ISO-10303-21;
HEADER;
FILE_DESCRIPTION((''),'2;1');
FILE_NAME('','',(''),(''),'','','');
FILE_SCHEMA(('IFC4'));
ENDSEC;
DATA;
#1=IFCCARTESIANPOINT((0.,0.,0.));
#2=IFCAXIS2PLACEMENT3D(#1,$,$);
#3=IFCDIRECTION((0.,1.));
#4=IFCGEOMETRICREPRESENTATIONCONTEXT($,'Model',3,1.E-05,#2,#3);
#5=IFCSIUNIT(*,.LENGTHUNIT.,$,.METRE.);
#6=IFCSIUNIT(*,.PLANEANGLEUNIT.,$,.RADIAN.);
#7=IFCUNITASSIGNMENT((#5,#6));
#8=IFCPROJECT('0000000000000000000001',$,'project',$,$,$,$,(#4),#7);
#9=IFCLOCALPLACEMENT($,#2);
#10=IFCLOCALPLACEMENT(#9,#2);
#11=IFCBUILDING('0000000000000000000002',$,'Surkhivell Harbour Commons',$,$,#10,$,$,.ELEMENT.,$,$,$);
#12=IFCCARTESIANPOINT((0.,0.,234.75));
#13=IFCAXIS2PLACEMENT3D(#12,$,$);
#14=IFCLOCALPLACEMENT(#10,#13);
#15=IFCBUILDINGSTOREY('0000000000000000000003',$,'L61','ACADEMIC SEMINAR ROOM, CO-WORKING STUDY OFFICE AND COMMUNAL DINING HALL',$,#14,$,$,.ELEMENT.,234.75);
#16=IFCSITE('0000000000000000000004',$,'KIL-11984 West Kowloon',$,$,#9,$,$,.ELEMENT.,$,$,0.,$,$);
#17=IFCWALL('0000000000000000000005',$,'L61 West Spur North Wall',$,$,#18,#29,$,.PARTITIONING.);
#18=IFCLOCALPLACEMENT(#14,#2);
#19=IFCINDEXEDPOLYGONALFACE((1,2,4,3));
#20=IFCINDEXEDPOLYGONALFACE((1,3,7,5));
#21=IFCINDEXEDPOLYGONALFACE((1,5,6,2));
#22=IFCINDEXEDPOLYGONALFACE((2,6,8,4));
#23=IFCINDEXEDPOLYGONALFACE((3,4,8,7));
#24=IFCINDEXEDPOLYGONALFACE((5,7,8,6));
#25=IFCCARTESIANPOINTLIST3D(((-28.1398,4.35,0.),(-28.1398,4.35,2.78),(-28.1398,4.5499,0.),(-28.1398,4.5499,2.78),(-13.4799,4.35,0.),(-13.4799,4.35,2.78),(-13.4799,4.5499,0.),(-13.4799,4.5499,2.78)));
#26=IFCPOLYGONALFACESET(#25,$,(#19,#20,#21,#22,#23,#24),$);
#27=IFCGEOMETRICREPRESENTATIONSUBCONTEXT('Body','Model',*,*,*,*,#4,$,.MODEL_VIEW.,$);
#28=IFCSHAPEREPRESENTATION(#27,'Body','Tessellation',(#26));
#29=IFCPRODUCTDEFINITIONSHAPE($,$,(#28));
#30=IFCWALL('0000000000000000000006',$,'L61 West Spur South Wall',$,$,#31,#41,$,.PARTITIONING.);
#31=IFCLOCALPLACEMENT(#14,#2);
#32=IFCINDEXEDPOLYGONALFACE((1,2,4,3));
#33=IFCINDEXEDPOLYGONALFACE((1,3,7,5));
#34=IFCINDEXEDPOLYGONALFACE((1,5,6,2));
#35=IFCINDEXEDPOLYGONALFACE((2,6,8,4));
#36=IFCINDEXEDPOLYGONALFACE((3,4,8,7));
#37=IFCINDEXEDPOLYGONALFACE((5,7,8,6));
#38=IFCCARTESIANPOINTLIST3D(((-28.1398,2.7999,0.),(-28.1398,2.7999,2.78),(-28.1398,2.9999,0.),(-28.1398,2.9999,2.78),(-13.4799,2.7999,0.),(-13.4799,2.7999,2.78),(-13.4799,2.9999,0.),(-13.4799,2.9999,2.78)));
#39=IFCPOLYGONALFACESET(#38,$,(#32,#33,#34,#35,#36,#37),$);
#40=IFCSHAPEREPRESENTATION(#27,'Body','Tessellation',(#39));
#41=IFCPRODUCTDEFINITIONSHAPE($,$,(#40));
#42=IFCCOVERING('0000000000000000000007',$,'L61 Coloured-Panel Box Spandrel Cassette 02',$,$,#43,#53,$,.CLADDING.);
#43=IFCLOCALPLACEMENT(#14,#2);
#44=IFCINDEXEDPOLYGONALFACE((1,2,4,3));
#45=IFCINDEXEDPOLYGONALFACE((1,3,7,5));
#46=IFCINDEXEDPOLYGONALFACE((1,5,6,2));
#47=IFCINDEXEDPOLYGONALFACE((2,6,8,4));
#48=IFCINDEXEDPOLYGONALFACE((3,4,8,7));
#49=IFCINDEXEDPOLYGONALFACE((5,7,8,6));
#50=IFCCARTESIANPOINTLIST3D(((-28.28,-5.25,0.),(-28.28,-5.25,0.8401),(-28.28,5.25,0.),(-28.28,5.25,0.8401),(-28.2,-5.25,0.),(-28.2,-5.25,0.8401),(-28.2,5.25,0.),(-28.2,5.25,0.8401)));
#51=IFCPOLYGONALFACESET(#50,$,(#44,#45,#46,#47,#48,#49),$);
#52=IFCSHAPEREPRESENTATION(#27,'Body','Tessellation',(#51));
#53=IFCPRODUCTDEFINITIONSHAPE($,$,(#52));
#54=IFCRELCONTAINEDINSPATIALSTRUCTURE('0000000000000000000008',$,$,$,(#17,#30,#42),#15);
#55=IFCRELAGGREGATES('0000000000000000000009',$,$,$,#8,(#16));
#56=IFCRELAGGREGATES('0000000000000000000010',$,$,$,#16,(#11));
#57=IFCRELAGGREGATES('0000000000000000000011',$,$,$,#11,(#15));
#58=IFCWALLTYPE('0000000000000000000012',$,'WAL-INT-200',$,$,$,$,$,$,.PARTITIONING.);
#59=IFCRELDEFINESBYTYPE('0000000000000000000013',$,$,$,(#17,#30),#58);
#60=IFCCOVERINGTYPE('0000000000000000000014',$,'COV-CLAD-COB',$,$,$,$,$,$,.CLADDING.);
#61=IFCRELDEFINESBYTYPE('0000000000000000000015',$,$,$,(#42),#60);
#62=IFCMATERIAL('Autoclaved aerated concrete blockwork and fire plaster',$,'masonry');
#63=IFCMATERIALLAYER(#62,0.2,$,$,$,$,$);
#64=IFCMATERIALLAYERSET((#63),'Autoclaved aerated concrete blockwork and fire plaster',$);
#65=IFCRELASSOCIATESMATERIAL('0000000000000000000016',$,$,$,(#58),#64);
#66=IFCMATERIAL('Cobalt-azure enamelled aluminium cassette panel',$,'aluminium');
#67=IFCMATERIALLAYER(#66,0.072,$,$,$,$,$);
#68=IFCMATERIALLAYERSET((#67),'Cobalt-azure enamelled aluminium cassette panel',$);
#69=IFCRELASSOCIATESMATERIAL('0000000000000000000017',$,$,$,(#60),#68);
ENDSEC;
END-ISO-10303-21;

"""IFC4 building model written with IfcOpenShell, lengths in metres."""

from ifc_helpers import new_model, si_unit, direction, frame, frame_2d, origin, origin_2d, place, context, subcontext, project, spatial, rectangle, extrude, material, layer, layer_set, type_object, element, save


model = new_model("IFC4")

# Units and contexts
model_context = context("Model", 3, precision=1e-05, world=origin(), true_north=direction((0.0, 1.0)))
body_context = subcontext(model_context, "Body", "Model", "MODEL_VIEW")
ifc_project = project(units=[si_unit("LENGTHUNIT", "METRE"), si_unit("PLANEANGLEUNIT", "RADIAN")], contexts=[model_context])

# Site, building, storey
site_placement = place(None, origin())
site = spatial("IfcSite", under=ifc_project, at=site_placement, Name="KIL-11984 West Kowloon", CompositionType="ELEMENT", RefElevation=0.0)
building_placement = place(site_placement, origin())
building = spatial("IfcBuilding", under=site, at=building_placement, Name="Surkhivell Harbour Commons", CompositionType="ELEMENT")
storey_placement = place(building_placement, frame((0.0, 0.0, 234.75)))
storey = spatial("IfcBuildingStorey", under=building, at=storey_placement, Name="L61", Description="ACADEMIC SEMINAR ROOM, CO-WORKING STUDY OFFICE AND COMMUNAL DINING HALL", CompositionType="ELEMENT", Elevation=234.75)

# Walls
ifc_material_1 = material(Name="Autoclaved aerated concrete blockwork and fire plaster", Category="masonry")
ifc_layer_1 = layer(ifc_material_1, 0.2)
ifc_layer_set_1 = layer_set([ifc_layer_1], Name="Autoclaved aerated concrete blockwork and fire plaster")
wall_type_1 = type_object("IfcWallType", Name="WAL-INT-200", PredefinedType="PARTITIONING", material=ifc_layer_set_1)
for number, where, z_axis, x_axis, name in (
    (1, (-28.1399, 4.45, 0.0), (0.0, 0.0, 1.0), (1.0, 0.0, 0.0), "L61 West Spur North Wall"),
    (2, (-28.1399, 2.8999, 0.0), (0.0, 0.0, 1.0), (1.0, 0.0, 0.0), "L61 West Spur South Wall"),
):
    element("IfcWall", number, at=place(storey_placement, frame(where, z_axis=z_axis, x_axis=x_axis)), inside=storey, type_object=wall_type_1, Name=name, PredefinedType="PARTITIONING", context=body_context, shape_type="SweptSolid", body=[
        extrude(rectangle(XDim=14.6599, YDim=0.2, at=frame_2d((7.3301, 0.0))), origin(), (0.0, 0.0, 1.0), 2.78),
    ])

# Covering
ifc_material_2 = material(Name="Cobalt-azure enamelled aluminium cassette panel", Category="aluminium")
ifc_layer_2 = layer(ifc_material_2, 0.072)
ifc_layer_set_2 = layer_set([ifc_layer_2], Name="Cobalt-azure enamelled aluminium cassette panel")
covering_type = type_object("IfcCoveringType", Name="COV-CLAD-COB", PredefinedType="CLADDING", material=ifc_layer_set_2)
covering_placement = place(storey_placement, frame((-28.24, 0.0, 0.0), z_axis=(0.0, 0.0, 1.0), x_axis=(1.0, 0.0, 0.0)))
element("IfcCovering", 3, at=covering_placement, inside=storey, type_object=covering_type, Name="L61 Coloured-Panel Box Spandrel Cassette 02", PredefinedType="CLADDING", context=body_context, shape_type="SweptSolid", body=[
    extrude(rectangle(XDim=0.0801, YDim=10.5, at=origin_2d()), origin(), (0.0, 0.0, 1.0), 0.8401),
])

save(model, "model.ifc")
